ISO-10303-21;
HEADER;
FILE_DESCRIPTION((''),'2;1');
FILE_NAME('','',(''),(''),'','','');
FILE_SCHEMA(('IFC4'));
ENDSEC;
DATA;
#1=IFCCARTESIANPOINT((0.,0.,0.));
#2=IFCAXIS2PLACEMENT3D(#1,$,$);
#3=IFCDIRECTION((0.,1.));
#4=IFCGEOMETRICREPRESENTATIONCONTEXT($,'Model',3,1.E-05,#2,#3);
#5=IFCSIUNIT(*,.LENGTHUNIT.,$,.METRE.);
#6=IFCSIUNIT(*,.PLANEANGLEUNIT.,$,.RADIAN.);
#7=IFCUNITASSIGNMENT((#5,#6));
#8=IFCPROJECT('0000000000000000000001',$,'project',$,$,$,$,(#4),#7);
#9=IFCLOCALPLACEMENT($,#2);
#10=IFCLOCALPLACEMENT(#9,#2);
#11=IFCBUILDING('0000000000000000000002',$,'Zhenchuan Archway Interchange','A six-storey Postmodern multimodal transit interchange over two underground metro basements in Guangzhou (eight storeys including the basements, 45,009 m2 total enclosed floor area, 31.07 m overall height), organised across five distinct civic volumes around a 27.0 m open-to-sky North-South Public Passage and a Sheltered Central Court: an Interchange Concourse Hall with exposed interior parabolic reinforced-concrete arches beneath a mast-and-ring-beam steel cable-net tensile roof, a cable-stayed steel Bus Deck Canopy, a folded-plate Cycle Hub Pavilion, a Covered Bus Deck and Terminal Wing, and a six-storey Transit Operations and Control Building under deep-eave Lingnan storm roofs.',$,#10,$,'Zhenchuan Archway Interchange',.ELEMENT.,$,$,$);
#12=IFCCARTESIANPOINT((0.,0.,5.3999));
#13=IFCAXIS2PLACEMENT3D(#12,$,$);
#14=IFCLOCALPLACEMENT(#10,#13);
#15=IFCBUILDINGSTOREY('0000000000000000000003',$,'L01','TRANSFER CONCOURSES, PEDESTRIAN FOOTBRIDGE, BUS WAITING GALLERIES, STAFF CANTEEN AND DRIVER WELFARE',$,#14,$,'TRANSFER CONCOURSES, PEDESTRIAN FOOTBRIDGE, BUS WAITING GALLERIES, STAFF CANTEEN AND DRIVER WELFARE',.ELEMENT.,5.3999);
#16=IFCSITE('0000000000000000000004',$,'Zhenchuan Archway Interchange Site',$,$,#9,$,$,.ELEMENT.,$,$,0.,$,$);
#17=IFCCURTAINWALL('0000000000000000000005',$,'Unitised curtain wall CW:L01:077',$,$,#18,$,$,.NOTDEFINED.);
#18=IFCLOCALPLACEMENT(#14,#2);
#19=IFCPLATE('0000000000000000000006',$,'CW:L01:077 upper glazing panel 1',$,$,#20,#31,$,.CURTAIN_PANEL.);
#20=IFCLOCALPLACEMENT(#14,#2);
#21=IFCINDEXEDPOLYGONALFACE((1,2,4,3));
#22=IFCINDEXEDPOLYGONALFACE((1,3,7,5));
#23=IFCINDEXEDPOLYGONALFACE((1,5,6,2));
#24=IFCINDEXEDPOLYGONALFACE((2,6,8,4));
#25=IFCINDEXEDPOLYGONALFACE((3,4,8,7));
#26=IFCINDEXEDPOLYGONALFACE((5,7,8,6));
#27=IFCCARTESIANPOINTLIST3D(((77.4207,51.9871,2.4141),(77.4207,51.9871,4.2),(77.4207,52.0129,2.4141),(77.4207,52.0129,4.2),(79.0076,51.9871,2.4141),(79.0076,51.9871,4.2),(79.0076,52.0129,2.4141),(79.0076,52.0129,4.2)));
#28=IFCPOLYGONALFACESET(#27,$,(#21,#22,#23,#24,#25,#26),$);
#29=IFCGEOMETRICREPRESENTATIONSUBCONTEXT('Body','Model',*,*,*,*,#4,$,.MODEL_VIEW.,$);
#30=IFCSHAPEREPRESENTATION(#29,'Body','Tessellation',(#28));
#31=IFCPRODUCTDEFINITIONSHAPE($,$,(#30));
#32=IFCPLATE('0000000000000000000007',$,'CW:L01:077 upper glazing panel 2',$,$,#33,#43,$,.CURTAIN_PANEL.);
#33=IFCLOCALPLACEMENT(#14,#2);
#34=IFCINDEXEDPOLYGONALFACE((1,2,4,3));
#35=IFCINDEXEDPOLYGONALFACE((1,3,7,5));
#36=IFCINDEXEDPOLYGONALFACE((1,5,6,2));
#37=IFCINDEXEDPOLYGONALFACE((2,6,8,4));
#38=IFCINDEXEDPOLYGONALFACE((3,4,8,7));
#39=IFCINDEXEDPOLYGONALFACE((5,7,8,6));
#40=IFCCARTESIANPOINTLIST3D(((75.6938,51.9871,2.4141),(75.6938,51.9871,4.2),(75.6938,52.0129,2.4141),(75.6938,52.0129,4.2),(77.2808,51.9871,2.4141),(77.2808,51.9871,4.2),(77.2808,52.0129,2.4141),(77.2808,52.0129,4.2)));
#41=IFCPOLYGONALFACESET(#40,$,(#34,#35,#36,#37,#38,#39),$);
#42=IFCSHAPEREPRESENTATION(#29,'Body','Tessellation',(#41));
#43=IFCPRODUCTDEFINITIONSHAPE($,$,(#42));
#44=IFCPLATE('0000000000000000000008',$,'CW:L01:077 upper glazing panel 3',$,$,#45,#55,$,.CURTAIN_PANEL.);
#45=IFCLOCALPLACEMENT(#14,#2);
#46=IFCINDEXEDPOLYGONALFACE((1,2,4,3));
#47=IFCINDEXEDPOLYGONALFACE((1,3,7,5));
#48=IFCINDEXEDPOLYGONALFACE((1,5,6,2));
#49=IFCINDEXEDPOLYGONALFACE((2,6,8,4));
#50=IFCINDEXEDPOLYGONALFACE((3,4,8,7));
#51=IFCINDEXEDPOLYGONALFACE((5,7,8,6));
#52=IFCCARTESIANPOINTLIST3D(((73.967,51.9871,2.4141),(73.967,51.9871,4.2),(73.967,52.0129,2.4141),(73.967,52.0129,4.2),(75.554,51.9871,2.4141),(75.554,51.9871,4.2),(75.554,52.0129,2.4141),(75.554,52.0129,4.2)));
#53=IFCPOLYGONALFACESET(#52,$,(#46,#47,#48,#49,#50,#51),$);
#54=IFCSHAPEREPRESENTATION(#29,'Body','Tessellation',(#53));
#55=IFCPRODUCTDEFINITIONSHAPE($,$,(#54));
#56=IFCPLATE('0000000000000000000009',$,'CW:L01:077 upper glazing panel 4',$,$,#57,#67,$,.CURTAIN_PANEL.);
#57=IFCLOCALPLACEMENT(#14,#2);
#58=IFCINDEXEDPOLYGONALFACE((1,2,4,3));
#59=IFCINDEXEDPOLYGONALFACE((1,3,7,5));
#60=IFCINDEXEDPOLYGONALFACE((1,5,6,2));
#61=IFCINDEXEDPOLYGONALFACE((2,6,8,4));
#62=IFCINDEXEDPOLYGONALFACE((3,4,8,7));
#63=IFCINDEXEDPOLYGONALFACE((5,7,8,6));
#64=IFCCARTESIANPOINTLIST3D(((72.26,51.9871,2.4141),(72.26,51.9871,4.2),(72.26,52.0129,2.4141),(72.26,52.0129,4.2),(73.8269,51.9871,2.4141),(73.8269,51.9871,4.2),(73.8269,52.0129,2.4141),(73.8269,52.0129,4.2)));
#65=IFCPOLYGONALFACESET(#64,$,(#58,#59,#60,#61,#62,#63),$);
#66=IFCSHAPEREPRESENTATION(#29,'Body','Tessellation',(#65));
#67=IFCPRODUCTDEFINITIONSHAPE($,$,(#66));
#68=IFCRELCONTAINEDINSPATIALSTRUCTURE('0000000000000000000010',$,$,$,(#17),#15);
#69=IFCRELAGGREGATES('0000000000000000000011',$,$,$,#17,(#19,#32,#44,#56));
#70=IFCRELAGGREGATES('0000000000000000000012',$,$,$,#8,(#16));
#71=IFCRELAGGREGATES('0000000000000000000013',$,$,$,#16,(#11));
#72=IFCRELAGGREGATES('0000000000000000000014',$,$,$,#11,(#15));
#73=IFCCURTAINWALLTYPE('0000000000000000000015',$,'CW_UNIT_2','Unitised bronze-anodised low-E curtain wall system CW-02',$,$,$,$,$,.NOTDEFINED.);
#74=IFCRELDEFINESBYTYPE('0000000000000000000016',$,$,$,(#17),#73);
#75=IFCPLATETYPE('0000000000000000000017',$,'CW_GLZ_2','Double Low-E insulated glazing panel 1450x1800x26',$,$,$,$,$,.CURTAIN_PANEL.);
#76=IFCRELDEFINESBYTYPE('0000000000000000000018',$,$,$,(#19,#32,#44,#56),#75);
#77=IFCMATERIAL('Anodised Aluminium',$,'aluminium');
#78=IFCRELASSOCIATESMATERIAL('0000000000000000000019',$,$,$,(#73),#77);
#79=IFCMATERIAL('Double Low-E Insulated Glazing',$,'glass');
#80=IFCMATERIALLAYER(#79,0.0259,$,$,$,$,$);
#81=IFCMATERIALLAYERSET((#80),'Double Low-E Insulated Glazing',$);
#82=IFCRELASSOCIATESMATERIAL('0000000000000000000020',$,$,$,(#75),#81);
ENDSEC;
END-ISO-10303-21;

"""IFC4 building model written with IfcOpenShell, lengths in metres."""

from ifc_helpers import new_model, si_unit, direction, frame, origin, origin_2d, place, context, subcontext, project, spatial, rectangle, extrude, material, layer, layer_set, type_object, element, aggregate, save


model = new_model("IFC4")

# Units and contexts
model_context = context("Model", 3, precision=1e-05, world=origin(), true_north=direction((0.0, 1.0)))
body_context = subcontext(model_context, "Body", "Model", "MODEL_VIEW")
ifc_project = project(units=[si_unit("LENGTHUNIT", "METRE"), si_unit("PLANEANGLEUNIT", "RADIAN")], contexts=[model_context])

# Site, building, storey
site_placement = place(None, origin())
site = spatial("IfcSite", under=ifc_project, at=site_placement, Name="Zhenchuan Archway Interchange Site", CompositionType="ELEMENT", RefElevation=0.0)
building_placement = place(site_placement, origin())
building = spatial("IfcBuilding", under=site, at=building_placement, Name="Zhenchuan Archway Interchange", Description="A six-storey Postmodern multimodal transit interchange over two underground metro basements in Guangzhou (eight storeys including the basements, 45,009 m2 total enclosed floor area, 31.07 m overall height), organised across five distinct civic volumes around a 27.0 m open-to-sky North-South Public Passage and a Sheltered Central Court: an Interchange Concourse Hall with exposed interior parabolic reinforced-concrete arches beneath a mast-and-ring-beam steel cable-net tensile roof, a cable-stayed steel Bus Deck Canopy, a folded-plate Cycle Hub Pavilion, a Covered Bus Deck and Terminal Wing, and a six-storey Transit Operations and Control Building under deep-eave Lingnan storm roofs.", LongName="Zhenchuan Archway Interchange", CompositionType="ELEMENT")
storey_placement = place(building_placement, frame((0.0, 0.0, 5.3999)))
storey = spatial("IfcBuildingStorey", under=building, at=storey_placement, Name="L01", Description="TRANSFER CONCOURSES, PEDESTRIAN FOOTBRIDGE, BUS WAITING GALLERIES, STAFF CANTEEN AND DRIVER WELFARE", LongName="TRANSFER CONCOURSES, PEDESTRIAN FOOTBRIDGE, BUS WAITING GALLERIES, STAFF CANTEEN AND DRIVER WELFARE", CompositionType="ELEMENT", Elevation=5.3999)

# Shared definitions
ifc_material_1 = material(Name="Anodised Aluminium", Category="aluminium")

# Curtain wall, plates
curtain_wall_type_1 = type_object("IfcCurtainWallType", Name="CW_UNIT_2", Description="Unitised bronze-anodised low-E curtain wall system CW-02", PredefinedType="NOTDEFINED", material=ifc_material_1)
curtain_wall_1_placement = place(storey_placement, origin())
curtain_wall_1 = element("IfcCurtainWall", 1, at=curtain_wall_1_placement, inside=storey, type_object=curtain_wall_type_1, Name="Unitised curtain wall CW:L01:077", PredefinedType="NOTDEFINED")
ifc_material_2 = material(Name="Double Low-E Insulated Glazing", Category="glass")
ifc_layer_1 = layer(ifc_material_2, 0.0259)
ifc_layer_set_1 = layer_set([ifc_layer_1], Name="Double Low-E Insulated Glazing")
plate_type_1 = type_object("IfcPlateType", Name="CW_GLZ_2", Description="Double Low-E insulated glazing panel 1450x1800x26", PredefinedType="CURTAIN_PANEL", material=ifc_layer_set_1)
plate_1_placement = place(storey_placement, frame((78.2141, 52.0, 2.4141), z_axis=(0.0, 0.0, 1.0), x_axis=(-1.0, 0.0, 0.0)))
plate_1 = element("IfcPlate", 2, at=plate_1_placement, type_object=plate_type_1, Name="CW:L01:077 upper glazing panel 1", PredefinedType="CURTAIN_PANEL", context=body_context, shape_type="SweptSolid", body=[
    extrude(rectangle(XDim=1.5869, YDim=0.0259, at=origin_2d()), origin(), (0.0, 0.0, 1.0), 1.7859),
])
plate_2_placement = place(storey_placement, frame((76.4873, 52.0, 2.4141), z_axis=(0.0, 0.0, 1.0), x_axis=(-1.0, 0.0, 0.0)))
plate_2 = element("IfcPlate", 3, at=plate_2_placement, type_object=plate_type_1, Name="CW:L01:077 upper glazing panel 2", PredefinedType="CURTAIN_PANEL", context=body_context, shape_type="SweptSolid", body=[
    extrude(rectangle(XDim=1.5869, YDim=0.0259, at=origin_2d()), origin(), (0.0, 0.0, 1.0), 1.7859),
])
plate_3_placement = place(storey_placement, frame((74.7605, 52.0, 2.4141), z_axis=(0.0, 0.0, 1.0), x_axis=(-1.0, 0.0, 0.0)))
plate_3 = element("IfcPlate", 4, at=plate_3_placement, type_object=plate_type_1, Name="CW:L01:077 upper glazing panel 3", PredefinedType="CURTAIN_PANEL", context=body_context, shape_type="SweptSolid", body=[
    extrude(rectangle(XDim=1.5869, YDim=0.0259, at=origin_2d()), origin(), (0.0, 0.0, 1.0), 1.7859),
])
plate_4_placement = place(storey_placement, frame((73.0435, 52.0, 2.4141), z_axis=(0.0, 0.0, 1.0), x_axis=(-1.0, 0.0, 0.0)))
plate_4 = element("IfcPlate", 5, at=plate_4_placement, type_object=plate_type_1, Name="CW:L01:077 upper glazing panel 4", PredefinedType="CURTAIN_PANEL", context=body_context, shape_type="SweptSolid", body=[
    extrude(rectangle(XDim=1.5669, YDim=0.0259, at=origin_2d()), origin(), (0.0, 0.0, 1.0), 1.7859),
])
aggregate(curtain_wall_1, [plate_1, plate_2, plate_3, plate_4])

save(model, "model.ifc")
